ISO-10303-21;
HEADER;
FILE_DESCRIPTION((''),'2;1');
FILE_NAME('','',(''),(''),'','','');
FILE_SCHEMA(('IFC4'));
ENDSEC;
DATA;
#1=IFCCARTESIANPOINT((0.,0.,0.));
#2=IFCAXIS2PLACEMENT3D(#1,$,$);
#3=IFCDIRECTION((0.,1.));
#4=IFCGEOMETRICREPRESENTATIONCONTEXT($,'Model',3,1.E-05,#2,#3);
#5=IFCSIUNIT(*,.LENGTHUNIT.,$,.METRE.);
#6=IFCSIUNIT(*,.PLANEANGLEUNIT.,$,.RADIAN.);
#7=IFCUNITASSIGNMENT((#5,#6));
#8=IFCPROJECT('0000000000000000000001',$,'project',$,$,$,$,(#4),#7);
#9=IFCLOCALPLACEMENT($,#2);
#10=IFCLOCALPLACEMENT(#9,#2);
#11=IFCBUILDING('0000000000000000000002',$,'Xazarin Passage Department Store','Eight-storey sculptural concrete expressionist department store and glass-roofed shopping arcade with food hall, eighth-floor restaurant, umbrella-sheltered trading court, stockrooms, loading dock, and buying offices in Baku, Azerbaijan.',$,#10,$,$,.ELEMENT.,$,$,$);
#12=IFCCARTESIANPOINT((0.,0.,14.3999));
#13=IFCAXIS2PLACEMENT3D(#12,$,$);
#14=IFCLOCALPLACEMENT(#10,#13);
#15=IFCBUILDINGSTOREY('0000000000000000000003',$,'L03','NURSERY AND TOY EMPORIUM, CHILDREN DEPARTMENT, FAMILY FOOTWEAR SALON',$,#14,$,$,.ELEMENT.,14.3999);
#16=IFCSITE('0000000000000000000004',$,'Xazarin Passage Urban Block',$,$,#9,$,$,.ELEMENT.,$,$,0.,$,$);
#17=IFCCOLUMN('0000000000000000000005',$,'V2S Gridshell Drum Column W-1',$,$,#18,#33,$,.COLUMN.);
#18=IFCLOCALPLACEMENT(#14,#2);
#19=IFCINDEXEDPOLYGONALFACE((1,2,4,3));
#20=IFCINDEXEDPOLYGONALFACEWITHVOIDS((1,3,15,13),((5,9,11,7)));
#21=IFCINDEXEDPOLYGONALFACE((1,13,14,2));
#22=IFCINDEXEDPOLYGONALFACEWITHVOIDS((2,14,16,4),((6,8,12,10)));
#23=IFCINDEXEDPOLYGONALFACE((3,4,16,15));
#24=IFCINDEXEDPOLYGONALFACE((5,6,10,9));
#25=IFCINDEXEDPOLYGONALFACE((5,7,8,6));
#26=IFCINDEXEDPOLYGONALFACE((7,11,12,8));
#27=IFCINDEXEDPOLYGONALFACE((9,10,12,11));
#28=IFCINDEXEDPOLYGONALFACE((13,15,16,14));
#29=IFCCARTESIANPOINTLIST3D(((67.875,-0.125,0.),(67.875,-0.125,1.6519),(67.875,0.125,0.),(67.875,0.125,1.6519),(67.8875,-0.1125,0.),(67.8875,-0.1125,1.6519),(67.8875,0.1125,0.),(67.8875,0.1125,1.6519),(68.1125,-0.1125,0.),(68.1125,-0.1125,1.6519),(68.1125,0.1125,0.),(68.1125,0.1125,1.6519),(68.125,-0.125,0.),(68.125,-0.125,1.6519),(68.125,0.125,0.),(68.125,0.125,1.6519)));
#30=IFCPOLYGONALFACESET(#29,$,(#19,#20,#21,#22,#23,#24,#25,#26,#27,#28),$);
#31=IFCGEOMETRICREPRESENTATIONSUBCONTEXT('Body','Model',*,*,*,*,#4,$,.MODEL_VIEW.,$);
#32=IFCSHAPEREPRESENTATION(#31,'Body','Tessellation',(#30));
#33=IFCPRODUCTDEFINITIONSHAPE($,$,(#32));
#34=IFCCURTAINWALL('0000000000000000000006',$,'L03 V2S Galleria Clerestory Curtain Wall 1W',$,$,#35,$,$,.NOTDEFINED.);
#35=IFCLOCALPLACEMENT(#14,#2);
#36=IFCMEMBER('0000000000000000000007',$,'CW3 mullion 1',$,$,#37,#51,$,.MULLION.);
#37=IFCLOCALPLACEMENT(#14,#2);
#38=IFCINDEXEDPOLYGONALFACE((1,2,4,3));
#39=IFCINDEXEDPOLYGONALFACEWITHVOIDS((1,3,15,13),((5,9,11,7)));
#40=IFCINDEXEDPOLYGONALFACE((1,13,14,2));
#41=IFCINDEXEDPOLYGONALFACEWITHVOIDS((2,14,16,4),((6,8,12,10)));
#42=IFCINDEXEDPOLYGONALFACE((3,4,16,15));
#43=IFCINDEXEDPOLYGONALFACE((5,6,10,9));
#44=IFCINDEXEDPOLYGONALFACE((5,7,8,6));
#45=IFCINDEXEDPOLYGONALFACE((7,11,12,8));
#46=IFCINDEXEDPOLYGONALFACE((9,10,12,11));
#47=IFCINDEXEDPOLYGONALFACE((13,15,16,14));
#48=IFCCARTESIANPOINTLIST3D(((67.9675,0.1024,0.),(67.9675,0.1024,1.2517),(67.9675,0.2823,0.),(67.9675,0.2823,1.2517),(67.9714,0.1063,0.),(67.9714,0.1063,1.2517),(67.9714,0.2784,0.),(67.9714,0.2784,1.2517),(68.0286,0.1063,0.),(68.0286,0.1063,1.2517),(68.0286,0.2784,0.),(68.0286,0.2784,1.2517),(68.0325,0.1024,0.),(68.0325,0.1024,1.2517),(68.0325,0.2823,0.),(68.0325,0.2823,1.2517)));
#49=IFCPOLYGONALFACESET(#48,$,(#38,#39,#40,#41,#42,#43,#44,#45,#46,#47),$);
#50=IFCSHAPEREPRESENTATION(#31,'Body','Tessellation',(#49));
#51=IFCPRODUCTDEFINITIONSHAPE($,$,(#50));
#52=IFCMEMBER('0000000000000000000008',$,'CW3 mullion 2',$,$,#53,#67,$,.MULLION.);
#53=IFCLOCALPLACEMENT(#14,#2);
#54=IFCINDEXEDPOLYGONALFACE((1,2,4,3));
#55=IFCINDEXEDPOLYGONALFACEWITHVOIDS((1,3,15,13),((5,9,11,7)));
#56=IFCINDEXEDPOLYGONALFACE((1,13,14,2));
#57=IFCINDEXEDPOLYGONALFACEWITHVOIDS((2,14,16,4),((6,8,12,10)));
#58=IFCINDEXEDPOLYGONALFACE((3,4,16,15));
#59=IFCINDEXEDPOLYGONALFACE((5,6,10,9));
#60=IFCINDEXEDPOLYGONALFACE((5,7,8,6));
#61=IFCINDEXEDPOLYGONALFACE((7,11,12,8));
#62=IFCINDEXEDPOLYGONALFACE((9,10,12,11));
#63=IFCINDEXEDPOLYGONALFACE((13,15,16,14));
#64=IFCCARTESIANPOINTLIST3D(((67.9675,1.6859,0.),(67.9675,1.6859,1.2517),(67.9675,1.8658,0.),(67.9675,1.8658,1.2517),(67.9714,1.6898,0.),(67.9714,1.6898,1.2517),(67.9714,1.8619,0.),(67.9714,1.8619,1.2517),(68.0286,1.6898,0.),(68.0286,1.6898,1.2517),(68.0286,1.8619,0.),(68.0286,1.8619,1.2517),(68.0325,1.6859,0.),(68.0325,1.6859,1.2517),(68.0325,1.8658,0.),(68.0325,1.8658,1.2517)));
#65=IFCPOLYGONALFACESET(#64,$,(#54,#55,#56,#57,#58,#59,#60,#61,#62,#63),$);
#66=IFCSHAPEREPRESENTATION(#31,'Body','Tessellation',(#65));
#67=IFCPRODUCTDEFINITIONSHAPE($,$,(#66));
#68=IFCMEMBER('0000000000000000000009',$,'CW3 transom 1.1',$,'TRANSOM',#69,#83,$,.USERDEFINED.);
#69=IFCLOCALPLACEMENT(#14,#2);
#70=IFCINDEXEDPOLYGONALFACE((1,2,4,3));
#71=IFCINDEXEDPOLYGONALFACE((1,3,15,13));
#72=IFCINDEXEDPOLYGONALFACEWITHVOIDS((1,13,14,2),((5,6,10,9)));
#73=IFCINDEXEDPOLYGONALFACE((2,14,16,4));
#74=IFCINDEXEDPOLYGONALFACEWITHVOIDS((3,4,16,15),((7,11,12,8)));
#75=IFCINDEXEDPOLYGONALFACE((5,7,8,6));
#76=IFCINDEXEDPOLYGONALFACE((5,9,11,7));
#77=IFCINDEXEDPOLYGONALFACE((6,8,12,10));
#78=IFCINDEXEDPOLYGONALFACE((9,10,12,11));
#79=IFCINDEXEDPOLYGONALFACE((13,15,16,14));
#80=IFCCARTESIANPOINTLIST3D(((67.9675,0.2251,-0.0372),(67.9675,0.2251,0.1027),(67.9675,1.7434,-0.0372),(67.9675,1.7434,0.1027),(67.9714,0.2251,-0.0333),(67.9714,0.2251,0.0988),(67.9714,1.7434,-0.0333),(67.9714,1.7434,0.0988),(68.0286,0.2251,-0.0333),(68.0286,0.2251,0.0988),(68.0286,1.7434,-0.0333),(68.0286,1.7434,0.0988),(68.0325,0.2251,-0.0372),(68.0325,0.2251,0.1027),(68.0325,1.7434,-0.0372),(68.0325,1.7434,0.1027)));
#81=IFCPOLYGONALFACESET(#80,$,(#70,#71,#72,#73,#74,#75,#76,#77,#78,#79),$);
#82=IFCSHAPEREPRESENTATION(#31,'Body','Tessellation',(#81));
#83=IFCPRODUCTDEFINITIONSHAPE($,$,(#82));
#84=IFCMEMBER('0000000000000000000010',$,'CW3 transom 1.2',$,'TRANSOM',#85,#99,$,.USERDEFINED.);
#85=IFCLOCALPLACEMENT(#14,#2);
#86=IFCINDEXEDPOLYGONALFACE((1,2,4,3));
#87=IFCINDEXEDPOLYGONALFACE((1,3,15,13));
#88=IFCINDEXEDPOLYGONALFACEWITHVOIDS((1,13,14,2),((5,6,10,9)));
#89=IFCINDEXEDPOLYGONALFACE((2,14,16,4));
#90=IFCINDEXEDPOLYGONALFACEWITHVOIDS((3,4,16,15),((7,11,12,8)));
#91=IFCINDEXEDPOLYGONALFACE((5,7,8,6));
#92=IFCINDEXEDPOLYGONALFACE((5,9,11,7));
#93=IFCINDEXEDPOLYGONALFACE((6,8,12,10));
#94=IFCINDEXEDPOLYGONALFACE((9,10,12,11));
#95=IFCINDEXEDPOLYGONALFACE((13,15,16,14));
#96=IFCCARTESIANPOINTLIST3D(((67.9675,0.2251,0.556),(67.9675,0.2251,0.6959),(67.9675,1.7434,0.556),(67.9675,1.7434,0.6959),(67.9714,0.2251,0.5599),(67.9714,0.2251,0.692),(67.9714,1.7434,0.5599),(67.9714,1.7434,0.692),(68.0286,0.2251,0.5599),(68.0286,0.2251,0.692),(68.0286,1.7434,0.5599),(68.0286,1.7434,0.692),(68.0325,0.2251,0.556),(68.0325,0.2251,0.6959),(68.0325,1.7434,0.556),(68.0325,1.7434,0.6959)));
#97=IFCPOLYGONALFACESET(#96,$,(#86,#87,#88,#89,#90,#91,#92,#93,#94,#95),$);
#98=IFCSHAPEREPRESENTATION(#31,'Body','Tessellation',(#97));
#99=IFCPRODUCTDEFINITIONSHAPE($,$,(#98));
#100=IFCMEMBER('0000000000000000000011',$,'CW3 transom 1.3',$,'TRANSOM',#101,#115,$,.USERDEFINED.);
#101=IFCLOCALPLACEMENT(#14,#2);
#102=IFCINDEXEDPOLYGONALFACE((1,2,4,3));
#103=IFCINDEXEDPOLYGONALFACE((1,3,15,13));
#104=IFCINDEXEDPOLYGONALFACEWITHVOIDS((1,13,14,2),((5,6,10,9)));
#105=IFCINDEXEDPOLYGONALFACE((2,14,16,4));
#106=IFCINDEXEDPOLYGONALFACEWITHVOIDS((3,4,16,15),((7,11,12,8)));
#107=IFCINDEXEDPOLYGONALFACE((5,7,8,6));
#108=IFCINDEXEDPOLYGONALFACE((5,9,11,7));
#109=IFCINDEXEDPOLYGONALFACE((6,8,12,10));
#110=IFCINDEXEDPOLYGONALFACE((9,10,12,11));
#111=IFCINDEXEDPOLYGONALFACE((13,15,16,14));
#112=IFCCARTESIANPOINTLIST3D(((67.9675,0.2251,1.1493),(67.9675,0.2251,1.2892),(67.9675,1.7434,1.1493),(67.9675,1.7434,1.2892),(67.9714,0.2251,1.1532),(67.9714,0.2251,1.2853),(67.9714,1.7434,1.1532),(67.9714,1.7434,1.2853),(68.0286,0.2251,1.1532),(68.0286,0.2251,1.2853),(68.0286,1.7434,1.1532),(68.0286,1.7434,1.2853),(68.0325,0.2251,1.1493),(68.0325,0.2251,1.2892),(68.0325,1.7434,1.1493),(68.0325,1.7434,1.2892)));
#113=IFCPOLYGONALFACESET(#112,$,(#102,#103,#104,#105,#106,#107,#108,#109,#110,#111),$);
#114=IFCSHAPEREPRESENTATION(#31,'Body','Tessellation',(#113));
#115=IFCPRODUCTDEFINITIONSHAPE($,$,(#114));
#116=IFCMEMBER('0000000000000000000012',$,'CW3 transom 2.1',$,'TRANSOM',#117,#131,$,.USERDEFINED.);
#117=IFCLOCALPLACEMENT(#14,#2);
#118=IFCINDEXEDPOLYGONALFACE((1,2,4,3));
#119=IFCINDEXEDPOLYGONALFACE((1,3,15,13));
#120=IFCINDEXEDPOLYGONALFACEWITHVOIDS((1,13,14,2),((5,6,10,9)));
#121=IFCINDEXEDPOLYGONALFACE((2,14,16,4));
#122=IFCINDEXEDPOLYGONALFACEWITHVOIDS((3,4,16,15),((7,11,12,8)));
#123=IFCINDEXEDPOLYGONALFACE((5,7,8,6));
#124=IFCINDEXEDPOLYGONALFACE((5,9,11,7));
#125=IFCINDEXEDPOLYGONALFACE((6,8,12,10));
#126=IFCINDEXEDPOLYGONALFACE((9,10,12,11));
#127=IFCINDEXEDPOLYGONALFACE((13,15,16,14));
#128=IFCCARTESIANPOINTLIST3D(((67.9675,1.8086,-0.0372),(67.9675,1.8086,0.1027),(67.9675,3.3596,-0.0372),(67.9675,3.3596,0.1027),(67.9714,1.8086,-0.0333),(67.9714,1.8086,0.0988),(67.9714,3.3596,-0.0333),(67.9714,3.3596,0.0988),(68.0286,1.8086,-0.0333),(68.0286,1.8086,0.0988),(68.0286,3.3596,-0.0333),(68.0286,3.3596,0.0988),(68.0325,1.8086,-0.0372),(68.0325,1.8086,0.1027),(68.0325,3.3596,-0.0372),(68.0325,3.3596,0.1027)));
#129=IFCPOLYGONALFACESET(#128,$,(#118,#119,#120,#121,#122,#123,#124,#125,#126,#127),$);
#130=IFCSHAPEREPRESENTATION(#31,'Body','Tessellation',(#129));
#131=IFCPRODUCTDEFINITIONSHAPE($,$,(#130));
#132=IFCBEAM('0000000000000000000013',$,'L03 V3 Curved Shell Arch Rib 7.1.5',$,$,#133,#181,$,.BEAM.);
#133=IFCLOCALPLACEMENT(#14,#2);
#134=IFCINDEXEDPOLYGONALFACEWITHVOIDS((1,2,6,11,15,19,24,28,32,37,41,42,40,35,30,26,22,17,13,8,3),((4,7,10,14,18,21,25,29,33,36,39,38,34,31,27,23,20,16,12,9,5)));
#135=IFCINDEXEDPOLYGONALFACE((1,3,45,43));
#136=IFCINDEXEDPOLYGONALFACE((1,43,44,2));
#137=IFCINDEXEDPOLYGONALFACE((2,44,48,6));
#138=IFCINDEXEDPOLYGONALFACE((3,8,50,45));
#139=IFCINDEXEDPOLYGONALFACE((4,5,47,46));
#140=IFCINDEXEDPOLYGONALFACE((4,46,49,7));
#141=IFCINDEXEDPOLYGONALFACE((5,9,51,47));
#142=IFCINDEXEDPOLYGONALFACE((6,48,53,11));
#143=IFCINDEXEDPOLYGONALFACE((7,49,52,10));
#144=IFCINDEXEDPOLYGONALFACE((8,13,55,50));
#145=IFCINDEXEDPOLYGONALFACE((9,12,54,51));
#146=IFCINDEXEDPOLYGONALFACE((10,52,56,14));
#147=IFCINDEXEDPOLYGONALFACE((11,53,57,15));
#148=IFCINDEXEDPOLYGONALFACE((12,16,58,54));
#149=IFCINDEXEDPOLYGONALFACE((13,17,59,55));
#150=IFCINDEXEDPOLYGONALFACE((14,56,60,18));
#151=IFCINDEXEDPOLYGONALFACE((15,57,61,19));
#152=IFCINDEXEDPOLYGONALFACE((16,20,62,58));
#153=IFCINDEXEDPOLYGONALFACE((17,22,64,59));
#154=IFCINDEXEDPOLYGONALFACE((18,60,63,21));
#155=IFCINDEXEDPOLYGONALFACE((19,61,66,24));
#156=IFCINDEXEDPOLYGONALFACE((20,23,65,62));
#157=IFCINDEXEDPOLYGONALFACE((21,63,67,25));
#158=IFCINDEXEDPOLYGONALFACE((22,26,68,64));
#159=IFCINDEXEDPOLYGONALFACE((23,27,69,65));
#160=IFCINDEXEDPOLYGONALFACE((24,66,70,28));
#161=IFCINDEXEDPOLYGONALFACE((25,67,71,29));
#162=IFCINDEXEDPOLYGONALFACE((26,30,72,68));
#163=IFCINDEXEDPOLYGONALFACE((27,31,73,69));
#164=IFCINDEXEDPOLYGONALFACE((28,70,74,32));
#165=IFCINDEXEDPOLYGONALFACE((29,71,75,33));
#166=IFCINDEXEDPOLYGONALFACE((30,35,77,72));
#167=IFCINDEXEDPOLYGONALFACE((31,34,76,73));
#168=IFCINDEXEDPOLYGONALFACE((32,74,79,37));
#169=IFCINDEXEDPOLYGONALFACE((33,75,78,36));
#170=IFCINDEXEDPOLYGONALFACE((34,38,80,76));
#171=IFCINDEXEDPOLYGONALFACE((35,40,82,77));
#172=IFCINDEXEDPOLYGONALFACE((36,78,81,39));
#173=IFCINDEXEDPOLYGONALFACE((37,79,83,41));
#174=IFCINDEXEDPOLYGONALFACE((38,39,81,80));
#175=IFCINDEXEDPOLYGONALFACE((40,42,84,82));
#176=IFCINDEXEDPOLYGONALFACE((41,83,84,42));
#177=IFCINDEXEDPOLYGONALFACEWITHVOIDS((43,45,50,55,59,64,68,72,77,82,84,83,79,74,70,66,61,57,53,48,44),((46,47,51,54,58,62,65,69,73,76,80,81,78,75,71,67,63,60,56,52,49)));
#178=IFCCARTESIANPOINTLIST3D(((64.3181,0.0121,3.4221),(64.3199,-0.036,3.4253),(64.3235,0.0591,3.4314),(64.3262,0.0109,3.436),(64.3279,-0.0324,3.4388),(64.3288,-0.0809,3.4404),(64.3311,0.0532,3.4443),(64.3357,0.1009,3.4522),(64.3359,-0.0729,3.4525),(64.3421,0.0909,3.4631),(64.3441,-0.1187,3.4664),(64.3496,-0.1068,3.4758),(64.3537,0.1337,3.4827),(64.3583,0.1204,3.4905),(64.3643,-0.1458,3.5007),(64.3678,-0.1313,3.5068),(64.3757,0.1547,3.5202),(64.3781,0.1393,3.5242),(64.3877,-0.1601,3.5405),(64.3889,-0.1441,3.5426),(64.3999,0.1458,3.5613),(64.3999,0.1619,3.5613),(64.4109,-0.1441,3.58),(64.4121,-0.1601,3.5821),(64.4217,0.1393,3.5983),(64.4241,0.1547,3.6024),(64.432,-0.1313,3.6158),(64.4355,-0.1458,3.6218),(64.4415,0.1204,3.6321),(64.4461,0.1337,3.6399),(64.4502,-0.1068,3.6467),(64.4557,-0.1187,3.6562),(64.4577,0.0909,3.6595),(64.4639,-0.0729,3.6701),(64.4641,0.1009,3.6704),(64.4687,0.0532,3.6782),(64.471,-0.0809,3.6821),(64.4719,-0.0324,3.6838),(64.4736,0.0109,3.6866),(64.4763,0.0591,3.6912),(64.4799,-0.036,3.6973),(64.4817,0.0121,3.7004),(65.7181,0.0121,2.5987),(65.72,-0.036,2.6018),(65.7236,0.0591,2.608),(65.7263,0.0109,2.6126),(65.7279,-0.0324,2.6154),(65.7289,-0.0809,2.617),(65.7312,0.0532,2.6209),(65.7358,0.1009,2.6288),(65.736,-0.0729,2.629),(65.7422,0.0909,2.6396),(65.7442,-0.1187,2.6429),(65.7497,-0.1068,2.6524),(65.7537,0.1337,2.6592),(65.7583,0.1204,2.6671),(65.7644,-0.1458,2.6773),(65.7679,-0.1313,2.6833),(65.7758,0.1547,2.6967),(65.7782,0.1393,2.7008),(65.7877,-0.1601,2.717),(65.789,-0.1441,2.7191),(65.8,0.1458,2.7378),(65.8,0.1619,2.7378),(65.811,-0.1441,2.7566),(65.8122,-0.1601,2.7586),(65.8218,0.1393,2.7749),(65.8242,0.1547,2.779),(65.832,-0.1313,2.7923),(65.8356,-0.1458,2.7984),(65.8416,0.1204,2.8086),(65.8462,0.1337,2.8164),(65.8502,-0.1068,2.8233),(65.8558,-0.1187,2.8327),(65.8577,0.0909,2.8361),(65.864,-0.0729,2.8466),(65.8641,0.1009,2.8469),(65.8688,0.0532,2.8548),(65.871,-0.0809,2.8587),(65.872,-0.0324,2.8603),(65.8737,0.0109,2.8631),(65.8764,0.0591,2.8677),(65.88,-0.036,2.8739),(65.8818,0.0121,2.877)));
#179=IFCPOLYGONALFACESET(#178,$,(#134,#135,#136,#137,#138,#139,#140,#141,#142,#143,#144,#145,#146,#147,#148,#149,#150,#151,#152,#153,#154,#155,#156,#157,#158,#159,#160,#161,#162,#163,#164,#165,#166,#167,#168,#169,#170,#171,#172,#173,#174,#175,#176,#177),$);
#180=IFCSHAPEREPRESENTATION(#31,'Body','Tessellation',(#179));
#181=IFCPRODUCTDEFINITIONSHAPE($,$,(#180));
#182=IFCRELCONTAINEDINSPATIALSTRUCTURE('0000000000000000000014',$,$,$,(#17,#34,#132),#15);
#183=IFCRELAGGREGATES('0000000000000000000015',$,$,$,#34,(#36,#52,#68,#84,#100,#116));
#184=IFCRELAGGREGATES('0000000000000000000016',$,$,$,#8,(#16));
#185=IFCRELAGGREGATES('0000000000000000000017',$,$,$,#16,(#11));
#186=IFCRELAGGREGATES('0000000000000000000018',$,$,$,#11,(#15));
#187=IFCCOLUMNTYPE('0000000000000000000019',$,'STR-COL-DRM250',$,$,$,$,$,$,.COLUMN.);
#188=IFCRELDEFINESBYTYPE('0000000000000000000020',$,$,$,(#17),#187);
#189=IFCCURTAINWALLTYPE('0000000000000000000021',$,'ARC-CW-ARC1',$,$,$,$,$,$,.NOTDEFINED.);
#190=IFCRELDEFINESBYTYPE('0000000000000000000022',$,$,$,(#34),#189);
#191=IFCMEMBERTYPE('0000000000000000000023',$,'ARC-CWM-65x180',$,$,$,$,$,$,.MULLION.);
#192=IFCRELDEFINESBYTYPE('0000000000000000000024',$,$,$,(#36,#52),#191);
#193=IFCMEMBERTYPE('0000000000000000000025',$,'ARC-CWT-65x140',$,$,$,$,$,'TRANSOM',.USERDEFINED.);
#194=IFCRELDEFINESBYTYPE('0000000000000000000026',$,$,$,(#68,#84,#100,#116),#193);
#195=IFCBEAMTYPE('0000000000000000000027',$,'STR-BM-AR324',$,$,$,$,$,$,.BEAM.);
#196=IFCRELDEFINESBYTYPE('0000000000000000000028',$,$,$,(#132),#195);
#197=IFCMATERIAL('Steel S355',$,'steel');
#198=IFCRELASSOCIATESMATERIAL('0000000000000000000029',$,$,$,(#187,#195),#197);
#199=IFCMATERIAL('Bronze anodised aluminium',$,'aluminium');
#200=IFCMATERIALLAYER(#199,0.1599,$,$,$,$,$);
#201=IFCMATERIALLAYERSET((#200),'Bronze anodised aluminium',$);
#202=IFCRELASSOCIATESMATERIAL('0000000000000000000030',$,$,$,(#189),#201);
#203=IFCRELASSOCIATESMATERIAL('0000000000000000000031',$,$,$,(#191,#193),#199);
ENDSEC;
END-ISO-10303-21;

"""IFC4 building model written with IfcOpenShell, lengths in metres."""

from ifc_helpers import new_model, si_unit, direction, frame, origin, origin_2d, place, context, subcontext, project, spatial, hollow_rectangle, hollow_circle, extrude, material, layer, layer_set, material_profile, profile_set, type_object, element, aggregate, save


model = new_model("IFC4")

# Units and contexts
model_context = context("Model", 3, precision=1e-05, world=origin(), true_north=direction((0.0, 1.0)))
body_context = subcontext(model_context, "Body", "Model", "MODEL_VIEW")
ifc_project = project(units=[si_unit("LENGTHUNIT", "METRE"), si_unit("PLANEANGLEUNIT", "RADIAN")], contexts=[model_context])

# Site, building, storey
site_placement = place(None, origin())
site = spatial("IfcSite", under=ifc_project, at=site_placement, Name="Xazarin Passage Urban Block", CompositionType="ELEMENT", RefElevation=0.0)
building_placement = place(site_placement, origin())
building = spatial("IfcBuilding", under=site, at=building_placement, Name="Xazarin Passage Department Store", Description="Eight-storey sculptural concrete expressionist department store and glass-roofed shopping arcade with food hall, eighth-floor restaurant, umbrella-sheltered trading court, stockrooms, loading dock, and buying offices in Baku, Azerbaijan.", CompositionType="ELEMENT")
storey_placement = place(building_placement, frame((0.0, 0.0, 14.3999)))
storey = spatial("IfcBuildingStorey", under=building, at=storey_placement, Name="L03", Description="NURSERY AND TOY EMPORIUM, CHILDREN DEPARTMENT, FAMILY FOOTWEAR SALON", CompositionType="ELEMENT", Elevation=14.3999)

# Column
ifc_material_1 = material(Name="Steel S355", Category="steel")
ifc_material_profile_1 = material_profile(ifc_material_1, hollow_rectangle(XDim=0.25, YDim=0.25, WallThickness=0.0125, at=origin_2d()), Name="SHS 250x250x12.5")
ifc_profile_set_1 = profile_set([ifc_material_profile_1], Name="Steel S355")
column_type = type_object("IfcColumnType", Name="STR-COL-DRM250", PredefinedType="COLUMN", material=ifc_profile_set_1)
column_placement = place(storey_placement, frame((68.0, 0.0, 0.0), z_axis=(0.0, 0.0, 1.0), x_axis=(1.0, 0.0, 0.0)))
element("IfcColumn", 1, at=column_placement, inside=storey, type_object=column_type, Name="V2S Gridshell Drum Column W-1", PredefinedType="COLUMN", context=body_context, shape_type="SweptSolid", body=[
    extrude(hollow_rectangle(XDim=0.25, YDim=0.25, WallThickness=0.0125, at=origin_2d()), origin(), (0.0, 0.0, 1.0), 1.6519),
])

# Curtain wall, members
ifc_material_2 = material(Name="Bronze anodised aluminium", Category="aluminium")
ifc_layer_1 = layer(ifc_material_2, 0.1599)
ifc_layer_set_1 = layer_set([ifc_layer_1], Name="Bronze anodised aluminium")
curtain_wall_type = type_object("IfcCurtainWallType", Name="ARC-CW-ARC1", PredefinedType="NOTDEFINED", material=ifc_layer_set_1)
curtain_wall_placement = place(storey_placement, origin())
curtain_wall = element("IfcCurtainWall", 2, at=curtain_wall_placement, inside=storey, type_object=curtain_wall_type, Name="L03 V2S Galleria Clerestory Curtain Wall 1W", PredefinedType="NOTDEFINED")
ifc_material_profile_2 = material_profile(ifc_material_2, hollow_rectangle(XDim=0.0649, YDim=0.1799, WallThickness=0.0039, at=origin_2d()), Name="ALU 65x180")
ifc_profile_set_2 = profile_set([ifc_material_profile_2], Name="Bronze anodised aluminium")
member_type_1 = type_object("IfcMemberType", Name="ARC-CWM-65x180", PredefinedType="MULLION", material=ifc_profile_set_2)
member_1_placement = place(storey_placement, frame((68.0, 0.1924, 0.0), z_axis=(0.0, 0.0, 1.0), x_axis=(-1.0, 0.0, 0.0)))
member_1 = element("IfcMember", 3, at=member_1_placement, type_object=member_type_1, Name="CW3 mullion 1", PredefinedType="MULLION", context=body_context, shape_type="SweptSolid", body=[
    extrude(hollow_rectangle(XDim=0.0649, YDim=0.1799, WallThickness=0.0039, at=origin_2d()), origin(), (0.0, 0.0, 1.0), 1.2517),
])
member_2_placement = place(storey_placement, frame((68.0, 1.7759, 0.0), z_axis=(0.0, 0.0, 1.0), x_axis=(-1.0, 0.0, 0.0)))
member_2 = element("IfcMember", 4, at=member_2_placement, type_object=member_type_1, Name="CW3 mullion 2", PredefinedType="MULLION", context=body_context, shape_type="SweptSolid", body=[
    extrude(hollow_rectangle(XDim=0.0649, YDim=0.1799, WallThickness=0.0039, at=origin_2d()), origin(), (0.0, 0.0, 1.0), 1.2517),
])
ifc_material_profile_3 = material_profile(ifc_material_2, hollow_rectangle(XDim=0.0649, YDim=0.1399, WallThickness=0.0039, at=origin_2d()), Name="ALU 65x140")
ifc_profile_set_3 = profile_set([ifc_material_profile_3], Name="Bronze anodised aluminium")
member_type_2 = type_object("IfcMemberType", Name="ARC-CWT-65x140", ElementType="TRANSOM", PredefinedType="USERDEFINED", material=ifc_profile_set_3)
member_3_placement = place(storey_placement, frame((68.0, 0.2251, 0.0327), z_axis=(0.0, 1.0, 0.0), x_axis=(-1.0, 0.0, 0.0)))
member_3 = element("IfcMember", 5, at=member_3_placement, type_object=member_type_2, Name="CW3 transom 1.1", ObjectType="TRANSOM", PredefinedType="USERDEFINED", context=body_context, shape_type="SweptSolid", body=[
    extrude(hollow_rectangle(XDim=0.0649, YDim=0.1399, WallThickness=0.0039, at=origin_2d()), origin(), (0.0, 0.0, 1.0), 1.5183),
])
member_4_placement = place(storey_placement, frame((68.0, 0.2251, 0.626), z_axis=(0.0, 1.0, 0.0), x_axis=(-1.0, 0.0, 0.0)))
member_4 = element("IfcMember", 6, at=member_4_placement, type_object=member_type_2, Name="CW3 transom 1.2", ObjectType="TRANSOM", PredefinedType="USERDEFINED", context=body_context, shape_type="SweptSolid", body=[
    extrude(hollow_rectangle(XDim=0.0649, YDim=0.1399, WallThickness=0.0039, at=origin_2d()), origin(), (0.0, 0.0, 1.0), 1.5183),
])
member_5_placement = place(storey_placement, frame((68.0, 0.2251, 1.2192), z_axis=(0.0, 1.0, 0.0), x_axis=(-1.0, 0.0, 0.0)))
member_5 = element("IfcMember", 7, at=member_5_placement, type_object=member_type_2, Name="CW3 transom 1.3", ObjectType="TRANSOM", PredefinedType="USERDEFINED", context=body_context, shape_type="SweptSolid", body=[
    extrude(hollow_rectangle(XDim=0.0649, YDim=0.1399, WallThickness=0.0039, at=origin_2d()), origin(), (0.0, 0.0, 1.0), 1.5183),
])
member_6_placement = place(storey_placement, frame((68.0, 1.8086, 0.0327), z_axis=(0.0, 1.0, 0.0), x_axis=(-1.0, 0.0, 0.0)))
member_6 = element("IfcMember", 8, at=member_6_placement, type_object=member_type_2, Name="CW3 transom 2.1", ObjectType="TRANSOM", PredefinedType="USERDEFINED", context=body_context, shape_type="SweptSolid", body=[
    extrude(hollow_rectangle(XDim=0.0649, YDim=0.1399, WallThickness=0.0039, at=origin_2d()), origin(), (0.0, 0.0, 1.0), 1.551),
])

# Beam
ifc_material_profile_4 = material_profile(ifc_material_1, hollow_circle(Radius=0.1619, WallThickness=0.0161, at=origin_2d()), Name="CHS 323.9x16")
ifc_profile_set_4 = profile_set([ifc_material_profile_4], Name="Steel S355")
beam_type_1 = type_object("IfcBeamType", Name="STR-BM-AR324", PredefinedType="BEAM", material=ifc_profile_set_4)
beam_1_placement = place(storey_placement, frame((64.3999, 0.0, 3.5613), z_axis=(0.861969, 0.0, -0.506961), x_axis=(0.0, 1.0, 0.0)))
element("IfcBeam", 9, at=beam_1_placement, inside=storey, type_object=beam_type_1, Name="L03 V3 Curved Shell Arch Rib 7.1.5", PredefinedType="BEAM", context=body_context, shape_type="SweptSolid", body=[
    extrude(hollow_circle(Radius=0.1619, WallThickness=0.0161, at=origin_2d()), origin(), (0.0, 0.0, 1.0), 1.6243),
])

aggregate(curtain_wall, [member_1, member_2, member_3, member_4, member_5, member_6])

save(model, "model.ifc")
